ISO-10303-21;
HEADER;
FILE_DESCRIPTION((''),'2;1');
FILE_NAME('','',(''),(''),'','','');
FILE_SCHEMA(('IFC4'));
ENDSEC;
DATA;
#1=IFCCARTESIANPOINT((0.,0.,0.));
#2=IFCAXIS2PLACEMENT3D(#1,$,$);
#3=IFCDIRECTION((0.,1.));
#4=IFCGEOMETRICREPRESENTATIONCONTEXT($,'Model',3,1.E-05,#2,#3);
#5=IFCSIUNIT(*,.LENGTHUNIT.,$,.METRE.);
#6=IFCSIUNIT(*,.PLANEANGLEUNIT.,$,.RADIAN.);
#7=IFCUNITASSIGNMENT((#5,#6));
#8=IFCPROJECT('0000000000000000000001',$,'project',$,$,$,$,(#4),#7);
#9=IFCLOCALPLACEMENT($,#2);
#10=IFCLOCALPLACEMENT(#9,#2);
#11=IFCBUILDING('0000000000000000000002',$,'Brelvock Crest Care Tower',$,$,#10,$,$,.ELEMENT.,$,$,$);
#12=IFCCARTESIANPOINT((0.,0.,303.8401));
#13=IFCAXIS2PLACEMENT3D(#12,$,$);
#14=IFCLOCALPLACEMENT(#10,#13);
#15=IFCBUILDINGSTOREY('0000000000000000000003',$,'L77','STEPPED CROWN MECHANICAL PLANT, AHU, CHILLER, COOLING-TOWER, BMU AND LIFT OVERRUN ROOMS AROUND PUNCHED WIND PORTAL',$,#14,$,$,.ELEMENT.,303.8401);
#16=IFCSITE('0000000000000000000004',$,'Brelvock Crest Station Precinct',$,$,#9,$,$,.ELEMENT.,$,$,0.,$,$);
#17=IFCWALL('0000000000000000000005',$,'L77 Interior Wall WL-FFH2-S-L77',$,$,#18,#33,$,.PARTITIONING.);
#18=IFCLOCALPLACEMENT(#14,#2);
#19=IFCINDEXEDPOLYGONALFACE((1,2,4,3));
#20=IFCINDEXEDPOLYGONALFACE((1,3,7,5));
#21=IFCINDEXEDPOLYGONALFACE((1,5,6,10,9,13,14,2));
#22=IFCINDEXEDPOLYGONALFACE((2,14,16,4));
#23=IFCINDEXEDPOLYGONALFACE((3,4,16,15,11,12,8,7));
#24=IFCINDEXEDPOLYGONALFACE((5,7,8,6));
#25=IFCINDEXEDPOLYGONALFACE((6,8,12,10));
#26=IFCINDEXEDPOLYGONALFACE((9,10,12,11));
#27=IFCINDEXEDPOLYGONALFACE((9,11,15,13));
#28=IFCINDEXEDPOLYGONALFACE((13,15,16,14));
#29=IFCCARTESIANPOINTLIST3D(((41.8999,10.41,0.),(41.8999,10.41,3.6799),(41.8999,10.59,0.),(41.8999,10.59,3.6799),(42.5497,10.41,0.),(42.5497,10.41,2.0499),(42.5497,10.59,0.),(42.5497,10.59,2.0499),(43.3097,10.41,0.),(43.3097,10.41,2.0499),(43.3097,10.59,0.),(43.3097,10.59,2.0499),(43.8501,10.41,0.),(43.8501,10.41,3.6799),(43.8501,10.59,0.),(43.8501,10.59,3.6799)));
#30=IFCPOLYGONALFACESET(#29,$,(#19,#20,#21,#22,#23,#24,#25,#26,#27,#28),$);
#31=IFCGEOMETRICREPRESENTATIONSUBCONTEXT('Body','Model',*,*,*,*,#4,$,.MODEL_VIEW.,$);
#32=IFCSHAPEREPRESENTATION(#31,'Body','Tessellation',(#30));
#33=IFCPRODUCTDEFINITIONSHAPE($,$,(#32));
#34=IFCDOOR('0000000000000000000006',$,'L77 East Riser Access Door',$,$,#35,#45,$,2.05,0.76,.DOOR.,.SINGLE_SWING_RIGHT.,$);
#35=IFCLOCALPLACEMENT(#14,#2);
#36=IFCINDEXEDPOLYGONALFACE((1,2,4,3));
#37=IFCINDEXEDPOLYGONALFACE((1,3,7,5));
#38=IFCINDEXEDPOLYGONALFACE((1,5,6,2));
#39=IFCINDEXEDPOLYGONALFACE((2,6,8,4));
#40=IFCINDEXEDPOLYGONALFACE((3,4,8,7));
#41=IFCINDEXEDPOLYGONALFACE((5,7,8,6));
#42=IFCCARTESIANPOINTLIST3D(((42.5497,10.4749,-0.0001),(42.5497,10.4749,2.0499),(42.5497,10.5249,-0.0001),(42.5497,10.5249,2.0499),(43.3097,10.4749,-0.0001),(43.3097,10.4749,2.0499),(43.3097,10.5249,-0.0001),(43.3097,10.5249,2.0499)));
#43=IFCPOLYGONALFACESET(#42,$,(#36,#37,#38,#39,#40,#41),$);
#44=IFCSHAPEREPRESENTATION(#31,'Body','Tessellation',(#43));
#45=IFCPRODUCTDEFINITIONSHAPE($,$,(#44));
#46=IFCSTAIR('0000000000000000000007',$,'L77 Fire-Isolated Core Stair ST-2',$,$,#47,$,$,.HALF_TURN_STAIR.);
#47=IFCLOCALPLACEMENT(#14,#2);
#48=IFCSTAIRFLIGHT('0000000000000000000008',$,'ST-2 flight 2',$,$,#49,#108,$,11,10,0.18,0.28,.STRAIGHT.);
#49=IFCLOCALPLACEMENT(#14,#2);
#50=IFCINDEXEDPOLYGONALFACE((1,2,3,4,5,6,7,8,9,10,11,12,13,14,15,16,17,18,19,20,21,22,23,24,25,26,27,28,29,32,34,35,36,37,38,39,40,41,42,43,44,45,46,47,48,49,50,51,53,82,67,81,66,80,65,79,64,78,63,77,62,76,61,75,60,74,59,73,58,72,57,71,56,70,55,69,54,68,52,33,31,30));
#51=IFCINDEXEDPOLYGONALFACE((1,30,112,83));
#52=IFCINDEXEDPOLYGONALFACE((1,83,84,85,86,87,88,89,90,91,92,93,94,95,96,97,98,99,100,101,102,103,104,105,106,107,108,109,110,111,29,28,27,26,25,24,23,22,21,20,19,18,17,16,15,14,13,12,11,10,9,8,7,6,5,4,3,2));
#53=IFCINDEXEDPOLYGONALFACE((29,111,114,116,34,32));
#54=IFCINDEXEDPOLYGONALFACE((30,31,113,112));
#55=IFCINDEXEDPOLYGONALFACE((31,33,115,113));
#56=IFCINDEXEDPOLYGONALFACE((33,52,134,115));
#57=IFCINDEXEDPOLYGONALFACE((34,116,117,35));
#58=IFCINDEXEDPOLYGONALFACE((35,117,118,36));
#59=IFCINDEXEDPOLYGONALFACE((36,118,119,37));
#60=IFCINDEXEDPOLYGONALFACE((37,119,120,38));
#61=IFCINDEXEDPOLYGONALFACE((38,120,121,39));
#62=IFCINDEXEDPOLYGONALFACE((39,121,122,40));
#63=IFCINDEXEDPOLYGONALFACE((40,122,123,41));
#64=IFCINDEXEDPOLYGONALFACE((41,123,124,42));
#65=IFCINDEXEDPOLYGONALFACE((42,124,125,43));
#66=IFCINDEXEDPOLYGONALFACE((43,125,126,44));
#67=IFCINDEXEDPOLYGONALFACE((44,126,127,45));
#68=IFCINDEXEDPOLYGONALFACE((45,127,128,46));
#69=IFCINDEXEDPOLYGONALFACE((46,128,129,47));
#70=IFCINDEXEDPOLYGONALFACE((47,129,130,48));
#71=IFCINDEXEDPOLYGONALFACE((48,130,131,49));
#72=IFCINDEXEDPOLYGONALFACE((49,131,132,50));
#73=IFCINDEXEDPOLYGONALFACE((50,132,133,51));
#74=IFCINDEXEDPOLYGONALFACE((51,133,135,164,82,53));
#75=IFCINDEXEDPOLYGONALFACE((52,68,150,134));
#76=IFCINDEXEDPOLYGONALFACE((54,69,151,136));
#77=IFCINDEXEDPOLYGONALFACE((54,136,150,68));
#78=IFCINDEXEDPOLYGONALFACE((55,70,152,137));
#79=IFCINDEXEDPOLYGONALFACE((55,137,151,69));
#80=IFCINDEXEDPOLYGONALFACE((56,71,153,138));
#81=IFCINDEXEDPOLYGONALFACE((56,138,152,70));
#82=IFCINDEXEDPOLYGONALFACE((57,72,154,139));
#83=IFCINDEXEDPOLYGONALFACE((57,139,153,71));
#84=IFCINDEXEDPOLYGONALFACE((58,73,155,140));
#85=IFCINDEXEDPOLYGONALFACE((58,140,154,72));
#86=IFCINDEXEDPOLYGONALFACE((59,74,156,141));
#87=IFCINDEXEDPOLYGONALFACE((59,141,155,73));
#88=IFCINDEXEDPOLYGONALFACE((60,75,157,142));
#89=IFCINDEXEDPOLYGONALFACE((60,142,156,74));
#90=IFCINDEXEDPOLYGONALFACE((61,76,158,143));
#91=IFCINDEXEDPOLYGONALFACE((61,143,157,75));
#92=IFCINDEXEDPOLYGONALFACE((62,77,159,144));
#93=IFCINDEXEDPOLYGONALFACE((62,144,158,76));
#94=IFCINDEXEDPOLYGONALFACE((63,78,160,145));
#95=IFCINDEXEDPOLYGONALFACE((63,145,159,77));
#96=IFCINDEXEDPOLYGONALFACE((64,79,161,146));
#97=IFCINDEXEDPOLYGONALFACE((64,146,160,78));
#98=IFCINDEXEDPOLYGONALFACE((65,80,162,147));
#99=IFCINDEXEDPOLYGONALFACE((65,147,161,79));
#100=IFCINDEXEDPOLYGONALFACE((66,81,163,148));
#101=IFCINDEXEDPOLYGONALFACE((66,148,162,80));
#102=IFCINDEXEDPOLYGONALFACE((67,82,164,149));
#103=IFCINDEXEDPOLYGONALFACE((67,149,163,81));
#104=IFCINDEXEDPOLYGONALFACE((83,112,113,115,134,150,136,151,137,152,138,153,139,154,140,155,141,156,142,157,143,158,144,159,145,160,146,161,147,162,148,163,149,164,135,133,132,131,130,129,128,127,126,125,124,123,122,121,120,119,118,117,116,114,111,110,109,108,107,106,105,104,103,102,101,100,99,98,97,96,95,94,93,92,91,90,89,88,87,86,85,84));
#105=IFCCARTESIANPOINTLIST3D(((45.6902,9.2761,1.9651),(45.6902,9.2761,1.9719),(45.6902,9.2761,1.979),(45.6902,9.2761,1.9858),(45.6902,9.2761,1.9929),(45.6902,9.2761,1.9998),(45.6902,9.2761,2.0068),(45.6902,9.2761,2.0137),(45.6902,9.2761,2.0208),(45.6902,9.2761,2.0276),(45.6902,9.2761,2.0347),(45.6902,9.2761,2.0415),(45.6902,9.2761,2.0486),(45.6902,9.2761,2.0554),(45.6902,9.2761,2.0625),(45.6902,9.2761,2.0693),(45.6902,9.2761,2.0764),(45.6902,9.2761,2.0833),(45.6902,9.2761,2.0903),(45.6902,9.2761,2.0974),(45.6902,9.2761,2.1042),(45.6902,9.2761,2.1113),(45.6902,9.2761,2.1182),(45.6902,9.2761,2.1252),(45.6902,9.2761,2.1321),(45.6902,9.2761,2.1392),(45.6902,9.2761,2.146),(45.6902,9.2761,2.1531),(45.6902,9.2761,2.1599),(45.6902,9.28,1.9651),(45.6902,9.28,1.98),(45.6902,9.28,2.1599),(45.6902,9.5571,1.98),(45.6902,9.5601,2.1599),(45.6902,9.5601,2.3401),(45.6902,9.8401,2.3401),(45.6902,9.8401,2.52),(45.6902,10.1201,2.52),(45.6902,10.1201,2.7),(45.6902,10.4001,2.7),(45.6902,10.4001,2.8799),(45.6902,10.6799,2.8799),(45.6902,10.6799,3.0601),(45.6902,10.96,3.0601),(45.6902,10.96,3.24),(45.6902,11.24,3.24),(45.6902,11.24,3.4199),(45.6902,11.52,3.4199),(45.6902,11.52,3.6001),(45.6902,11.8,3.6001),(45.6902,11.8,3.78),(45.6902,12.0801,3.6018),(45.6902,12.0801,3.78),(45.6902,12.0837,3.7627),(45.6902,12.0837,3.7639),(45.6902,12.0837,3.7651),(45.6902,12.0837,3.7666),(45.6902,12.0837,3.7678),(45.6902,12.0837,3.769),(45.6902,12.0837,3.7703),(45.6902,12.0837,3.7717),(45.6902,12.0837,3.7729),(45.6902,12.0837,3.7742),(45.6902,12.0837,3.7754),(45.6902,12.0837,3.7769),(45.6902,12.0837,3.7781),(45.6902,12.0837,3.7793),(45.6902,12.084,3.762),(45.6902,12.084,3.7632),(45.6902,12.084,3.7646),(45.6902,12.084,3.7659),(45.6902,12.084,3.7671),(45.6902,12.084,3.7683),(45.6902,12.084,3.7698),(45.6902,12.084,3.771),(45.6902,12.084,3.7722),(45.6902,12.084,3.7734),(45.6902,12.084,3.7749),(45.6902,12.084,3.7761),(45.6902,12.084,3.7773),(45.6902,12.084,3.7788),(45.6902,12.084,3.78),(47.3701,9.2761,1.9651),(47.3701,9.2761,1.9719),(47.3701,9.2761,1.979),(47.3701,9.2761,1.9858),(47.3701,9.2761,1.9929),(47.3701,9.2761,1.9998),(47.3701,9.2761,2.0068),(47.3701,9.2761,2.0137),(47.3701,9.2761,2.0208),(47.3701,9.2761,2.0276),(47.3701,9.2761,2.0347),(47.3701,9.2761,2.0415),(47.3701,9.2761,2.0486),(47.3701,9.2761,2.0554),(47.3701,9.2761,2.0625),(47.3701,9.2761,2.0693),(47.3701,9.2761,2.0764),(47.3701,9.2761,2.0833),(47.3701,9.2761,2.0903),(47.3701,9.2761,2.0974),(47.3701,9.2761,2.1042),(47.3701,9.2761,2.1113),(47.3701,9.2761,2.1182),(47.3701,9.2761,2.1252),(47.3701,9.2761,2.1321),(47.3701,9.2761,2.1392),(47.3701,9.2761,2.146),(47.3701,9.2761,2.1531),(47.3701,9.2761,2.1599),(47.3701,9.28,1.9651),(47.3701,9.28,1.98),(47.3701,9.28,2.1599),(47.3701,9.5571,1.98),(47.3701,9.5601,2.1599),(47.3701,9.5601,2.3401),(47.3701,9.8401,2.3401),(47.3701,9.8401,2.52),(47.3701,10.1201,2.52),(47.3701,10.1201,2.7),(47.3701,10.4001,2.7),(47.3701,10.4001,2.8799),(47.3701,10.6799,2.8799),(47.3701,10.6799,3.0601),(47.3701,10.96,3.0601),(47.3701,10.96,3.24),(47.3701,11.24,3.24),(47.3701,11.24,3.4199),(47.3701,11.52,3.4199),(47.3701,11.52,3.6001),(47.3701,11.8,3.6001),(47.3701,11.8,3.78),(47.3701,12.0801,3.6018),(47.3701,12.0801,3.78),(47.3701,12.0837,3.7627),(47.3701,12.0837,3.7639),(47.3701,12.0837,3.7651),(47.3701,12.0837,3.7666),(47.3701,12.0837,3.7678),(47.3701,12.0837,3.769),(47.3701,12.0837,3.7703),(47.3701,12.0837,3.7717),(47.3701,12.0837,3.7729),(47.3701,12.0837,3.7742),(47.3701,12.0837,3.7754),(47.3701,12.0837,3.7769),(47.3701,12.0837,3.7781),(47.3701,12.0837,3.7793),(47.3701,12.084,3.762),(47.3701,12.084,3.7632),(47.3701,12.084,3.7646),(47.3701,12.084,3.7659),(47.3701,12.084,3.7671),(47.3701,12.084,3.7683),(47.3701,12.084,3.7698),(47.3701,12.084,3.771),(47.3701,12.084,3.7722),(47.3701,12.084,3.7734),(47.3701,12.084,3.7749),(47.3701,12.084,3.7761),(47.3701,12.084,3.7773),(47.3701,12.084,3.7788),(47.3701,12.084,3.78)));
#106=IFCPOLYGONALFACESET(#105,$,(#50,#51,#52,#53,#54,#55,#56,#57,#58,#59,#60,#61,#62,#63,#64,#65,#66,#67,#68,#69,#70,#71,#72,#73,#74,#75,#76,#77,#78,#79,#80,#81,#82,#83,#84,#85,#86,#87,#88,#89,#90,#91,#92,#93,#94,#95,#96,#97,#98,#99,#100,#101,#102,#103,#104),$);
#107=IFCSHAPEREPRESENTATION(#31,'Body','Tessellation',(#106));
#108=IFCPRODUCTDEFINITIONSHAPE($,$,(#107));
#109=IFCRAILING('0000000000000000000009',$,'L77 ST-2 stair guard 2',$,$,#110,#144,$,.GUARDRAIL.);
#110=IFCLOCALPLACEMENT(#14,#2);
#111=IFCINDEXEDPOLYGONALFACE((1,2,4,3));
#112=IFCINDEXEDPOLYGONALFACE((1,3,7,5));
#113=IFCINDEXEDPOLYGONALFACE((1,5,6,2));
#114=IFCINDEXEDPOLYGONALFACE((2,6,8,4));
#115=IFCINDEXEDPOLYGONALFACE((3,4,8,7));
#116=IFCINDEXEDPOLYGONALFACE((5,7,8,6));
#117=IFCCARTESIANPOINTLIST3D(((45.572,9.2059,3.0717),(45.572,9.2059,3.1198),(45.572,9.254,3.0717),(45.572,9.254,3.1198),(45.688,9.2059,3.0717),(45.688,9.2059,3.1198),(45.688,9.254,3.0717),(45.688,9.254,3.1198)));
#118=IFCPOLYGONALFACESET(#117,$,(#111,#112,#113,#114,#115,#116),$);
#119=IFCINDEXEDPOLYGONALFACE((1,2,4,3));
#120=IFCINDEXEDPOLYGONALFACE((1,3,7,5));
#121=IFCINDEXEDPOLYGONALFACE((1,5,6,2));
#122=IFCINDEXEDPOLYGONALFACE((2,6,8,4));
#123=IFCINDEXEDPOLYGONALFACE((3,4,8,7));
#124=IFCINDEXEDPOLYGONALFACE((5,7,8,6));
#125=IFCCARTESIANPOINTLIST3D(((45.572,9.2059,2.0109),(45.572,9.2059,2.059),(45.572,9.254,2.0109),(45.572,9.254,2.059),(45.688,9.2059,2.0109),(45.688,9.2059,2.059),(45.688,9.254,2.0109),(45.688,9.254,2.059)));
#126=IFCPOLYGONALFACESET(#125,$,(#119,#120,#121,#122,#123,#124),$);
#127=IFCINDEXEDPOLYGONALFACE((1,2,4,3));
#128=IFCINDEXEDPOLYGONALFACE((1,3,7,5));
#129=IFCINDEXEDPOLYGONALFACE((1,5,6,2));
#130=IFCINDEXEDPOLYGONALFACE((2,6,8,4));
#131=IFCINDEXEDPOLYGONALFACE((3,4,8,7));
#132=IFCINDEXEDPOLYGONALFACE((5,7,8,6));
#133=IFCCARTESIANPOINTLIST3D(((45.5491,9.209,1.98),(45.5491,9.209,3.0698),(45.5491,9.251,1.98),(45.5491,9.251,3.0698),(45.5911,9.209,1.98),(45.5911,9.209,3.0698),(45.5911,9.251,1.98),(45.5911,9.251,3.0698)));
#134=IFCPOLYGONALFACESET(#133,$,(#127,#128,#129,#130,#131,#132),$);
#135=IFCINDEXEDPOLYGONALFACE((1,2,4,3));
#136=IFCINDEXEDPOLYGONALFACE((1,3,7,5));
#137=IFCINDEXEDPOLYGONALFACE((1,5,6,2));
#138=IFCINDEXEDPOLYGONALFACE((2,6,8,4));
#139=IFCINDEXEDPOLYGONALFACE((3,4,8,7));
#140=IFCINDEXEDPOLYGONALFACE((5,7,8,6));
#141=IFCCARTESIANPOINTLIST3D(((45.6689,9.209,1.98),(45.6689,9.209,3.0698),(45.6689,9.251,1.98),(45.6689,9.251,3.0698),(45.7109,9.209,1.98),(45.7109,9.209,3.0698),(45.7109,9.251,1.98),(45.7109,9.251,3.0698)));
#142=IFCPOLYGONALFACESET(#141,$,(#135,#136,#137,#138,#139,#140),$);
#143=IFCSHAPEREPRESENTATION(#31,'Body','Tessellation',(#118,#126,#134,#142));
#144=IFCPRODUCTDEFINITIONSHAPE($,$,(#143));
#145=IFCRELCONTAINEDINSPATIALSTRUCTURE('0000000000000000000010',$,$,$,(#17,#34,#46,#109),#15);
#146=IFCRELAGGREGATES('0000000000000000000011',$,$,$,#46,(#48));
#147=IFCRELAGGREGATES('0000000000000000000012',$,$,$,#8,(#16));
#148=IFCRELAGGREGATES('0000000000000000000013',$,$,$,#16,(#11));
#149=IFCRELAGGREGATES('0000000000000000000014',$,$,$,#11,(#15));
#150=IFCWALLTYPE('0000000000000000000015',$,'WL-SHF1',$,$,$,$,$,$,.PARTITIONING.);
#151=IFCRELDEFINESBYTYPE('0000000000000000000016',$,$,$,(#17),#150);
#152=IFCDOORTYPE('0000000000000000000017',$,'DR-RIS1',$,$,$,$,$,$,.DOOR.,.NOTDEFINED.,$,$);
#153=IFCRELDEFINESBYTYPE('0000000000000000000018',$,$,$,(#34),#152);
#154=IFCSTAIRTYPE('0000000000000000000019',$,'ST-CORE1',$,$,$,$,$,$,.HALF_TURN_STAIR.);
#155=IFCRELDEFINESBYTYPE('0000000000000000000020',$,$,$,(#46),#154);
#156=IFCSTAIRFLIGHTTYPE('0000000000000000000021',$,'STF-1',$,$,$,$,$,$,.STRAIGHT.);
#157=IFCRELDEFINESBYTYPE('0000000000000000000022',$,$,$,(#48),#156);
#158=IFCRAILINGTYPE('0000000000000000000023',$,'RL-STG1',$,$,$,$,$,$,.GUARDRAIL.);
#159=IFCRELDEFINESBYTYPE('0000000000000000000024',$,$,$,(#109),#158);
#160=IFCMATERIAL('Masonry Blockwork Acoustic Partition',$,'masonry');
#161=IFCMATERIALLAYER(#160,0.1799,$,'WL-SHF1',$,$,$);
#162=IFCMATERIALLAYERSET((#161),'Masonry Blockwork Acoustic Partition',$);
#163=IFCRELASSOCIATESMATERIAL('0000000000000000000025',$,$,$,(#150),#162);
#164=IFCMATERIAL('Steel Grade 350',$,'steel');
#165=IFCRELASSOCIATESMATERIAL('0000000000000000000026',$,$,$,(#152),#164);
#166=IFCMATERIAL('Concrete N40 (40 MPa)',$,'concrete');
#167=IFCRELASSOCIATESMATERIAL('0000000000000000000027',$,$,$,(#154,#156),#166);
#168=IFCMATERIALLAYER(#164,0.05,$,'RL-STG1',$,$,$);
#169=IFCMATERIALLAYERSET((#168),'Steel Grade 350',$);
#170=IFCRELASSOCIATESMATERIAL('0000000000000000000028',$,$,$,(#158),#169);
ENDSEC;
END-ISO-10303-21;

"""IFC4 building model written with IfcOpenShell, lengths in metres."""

from ifc_helpers import new_model, si_unit, direction, frame, frame_2d, origin, origin_2d, place, context, subcontext, project, spatial, polyline, rectangle, outline, extrude, source, transform, mapped, material, layer, layer_set, type_object, element, fill, aggregate, save


model = new_model("IFC4")

# Units and contexts
model_context = context("Model", 3, precision=1e-05, world=origin(), true_north=direction((0.0, 1.0)))
body_context = subcontext(model_context, "Body", "Model", "MODEL_VIEW")
ifc_project = project(units=[si_unit("LENGTHUNIT", "METRE"), si_unit("PLANEANGLEUNIT", "RADIAN")], contexts=[model_context])

# Site, building, storey
site_placement = place(None, origin())
site = spatial("IfcSite", under=ifc_project, at=site_placement, Name="Brelvock Crest Station Precinct", CompositionType="ELEMENT", RefElevation=0.0)
building_placement = place(site_placement, origin())
building = spatial("IfcBuilding", under=site, at=building_placement, Name="Brelvock Crest Care Tower", CompositionType="ELEMENT")
storey_placement = place(building_placement, frame((0.0, 0.0, 303.8401)))
storey = spatial("IfcBuildingStorey", under=building, at=storey_placement, Name="L77", Description="STEPPED CROWN MECHANICAL PLANT, AHU, CHILLER, COOLING-TOWER, BMU AND LIFT OVERRUN ROOMS AROUND PUNCHED WIND PORTAL", CompositionType="ELEMENT", Elevation=303.8401)

# Shared definitions
ifc_material_1 = material(Name="Steel Grade 350", Category="steel")

# Shared definitions
ifc_material_2 = material(Name="Masonry Blockwork Acoustic Partition", Category="masonry")

# Shared definitions
ifc_layer_1 = layer(ifc_material_2, 0.1799, Name="WL-SHF1")
ifc_layer_set_1 = layer_set([ifc_layer_1], Name="Masonry Blockwork Acoustic Partition")
wall_type_1 = type_object("IfcWallType", Name="WL-SHF1", PredefinedType="PARTITIONING", material=ifc_layer_set_1)

# Wall, opening, door
wall_1_placement = place(storey_placement, frame((41.8999, 10.5, 0.0), z_axis=(0.0, 0.0, 1.0), x_axis=(1.0, 0.0, 0.0)))
wall_1 = element("IfcWall", 1, at=wall_1_placement, inside=storey, type_object=wall_type_1, Name="L77 Interior Wall WL-FFH2-S-L77", PredefinedType="PARTITIONING", context=body_context, shape_type="SweptSolid", body=[
    extrude(rectangle(XDim=1.9502, YDim=0.1799, at=frame_2d((0.9751, 0.0))), origin(), (0.0, 0.0, 1.0), 3.6799),
])
opening_1_placement = place(wall_1_placement, frame((0.6499, 0.0, 0.0)))
opening_1 = element("IfcOpeningElement", 2, at=opening_1_placement, cuts=wall_1, PredefinedType="OPENING", context=body_context, shape_type="SweptSolid", body=[
    extrude(rectangle(XDim=0.76, YDim=2.05, at=origin_2d()), frame((0.3799, 0.1001, 1.0249), z_axis=(0.0, -1.0, 0.0), x_axis=(1.0, 0.0, 0.0)), (0.0, 0.0, 1.0), 0.2),
])
door_type_1 = type_object("IfcDoorType", Name="DR-RIS1", OperationType="NOTDEFINED", PredefinedType="DOOR", material=ifc_material_1)
shared_shape_1 = source(origin(), body_context, "Body", "SweptSolid", [
    extrude(rectangle(XDim=0.76, YDim=2.05, at=origin_2d()), frame((0.3799, 0.0249, 1.0249), z_axis=(0.0, -1.0, 0.0), x_axis=(1.0, 0.0, 0.0)), (0.0, 0.0, 1.0), 0.05),
])
door_1_placement = place(opening_1_placement, origin())
door_1 = element("IfcDoor", 3, at=door_1_placement, inside=storey, type_object=door_type_1, Name="L77 East Riser Access Door", OperationType="SINGLE_SWING_RIGHT", OverallHeight=2.05, OverallWidth=0.76, PredefinedType="DOOR", context=body_context, shape_type="MappedRepresentation", body=[
    mapped(shared_shape_1, transform((0.0, 0.0, 0.0), x_axis=(1.0, 0.0, 0.0), y_axis=(0.0, 1.0, 0.0), z_axis=(0.0, 0.0, 1.0), scale=1.0)),
])
fill(opening_1, door_1)

# Stair, stair flight
ifc_material_3 = material(Name="Concrete N40 (40 MPa)", Category="concrete")
stair_type = type_object("IfcStairType", Name="ST-CORE1", PredefinedType="HALF_TURN_STAIR", material=ifc_material_3)
stair_placement = place(storey_placement, origin())
stair = element("IfcStair", 4, at=stair_placement, inside=storey, type_object=stair_type, Name="L77 Fire-Isolated Core Stair ST-2", PredefinedType="HALF_TURN_STAIR")
stair_flight_type = type_object("IfcStairFlightType", Name="STF-1", PredefinedType="STRAIGHT", material=ifc_material_3)
stair_flight_placement = place(storey_placement, frame((46.53, 9.28, 1.98), z_axis=(0.0, 0.0, 1.0), x_axis=(0.0, 1.0, 0.0)))
stair_flight = element("IfcStairFlight", 5, at=stair_flight_placement, type_object=stair_flight_type, Name="ST-2 flight 2", NumberOfRisers=11, NumberOfTreads=10, PredefinedType="STRAIGHT", RiserHeight=0.18, TreadLength=0.28, context=body_context, shape_type="SweptSolid", body=[
    extrude(outline(polyline([(-0.0039, -0.0149), (-0.0039, -0.0081), (-0.0039, -0.001), (-0.0039, 0.0059), (-0.0039, 0.0129), (-0.0039, 0.0198), (-0.0039, 0.0269), (-0.0039, 0.0337), (-0.0039, 0.0408), (-0.0039, 0.0476), (-0.0039, 0.0547), (-0.0039, 0.0615), (-0.0039, 0.0686), (-0.0039, 0.0754), (-0.0039, 0.0825), (-0.0039, 0.0894), (-0.0039, 0.0964), (-0.0039, 0.1033), (-0.0039, 0.1104), (-0.0039, 0.1174), (-0.0039, 0.1243), (-0.0039, 0.1313), (-0.0039, 0.1382), (-0.0039, 0.1453), (-0.0039, 0.1521), (-0.0039, 0.1592), (-0.0039, 0.166), (-0.0039, 0.1731), (-0.0039, 0.1799), (0.0, 0.1799), (0.28, 0.1799), (0.28, 0.3601), (0.5601, 0.3601), (0.5601, 0.54), (0.8401, 0.54), (0.8401, 0.72), (1.1201, 0.72), (1.1201, 0.8999), (1.3999, 0.8999), (1.3999, 1.0801), (1.6799, 1.0801), (1.6799, 1.26), (1.96, 1.26), (1.96, 1.4399), (2.24, 1.4399), (2.24, 1.6201), (2.52, 1.6201), (2.52, 1.8), (2.8, 1.8), (2.804, 1.8), (2.8037, 1.7993), (2.804, 1.7988), (2.8037, 1.7981), (2.804, 1.7974), (2.8037, 1.7969), (2.804, 1.7961), (2.8037, 1.7954), (2.804, 1.7949), (2.8037, 1.7942), (2.804, 1.7935), (2.8037, 1.793), (2.804, 1.7922), (2.8037, 1.7917), (2.804, 1.791), (2.8037, 1.7903), (2.804, 1.7898), (2.8037, 1.7891), (2.804, 1.7883), (2.8037, 1.7878), (2.804, 1.7871), (2.8037, 1.7866), (2.804, 1.7859), (2.8037, 1.7852), (2.804, 1.7847), (2.8037, 1.7839), (2.804, 1.7832), (2.8037, 1.7827), (2.804, 1.782), (2.8, 1.6218), (0.2771, 0.0), (0.0, 0.0), (0.0, -0.0149), (-0.0039, -0.0149)])), frame((0.0, 0.8398, 0.0), z_axis=(0.0, -1.0, 0.0), x_axis=(1.0, 0.0, 0.0)), (0.0, 0.0, 1.0), 1.6799),
])
aggregate(stair, [stair_flight])

# Railing
ifc_layer_2 = layer(ifc_material_1, 0.05, Name="RL-STG1")
ifc_layer_set_2 = layer_set([ifc_layer_2], Name="Steel Grade 350")
railing_type_1 = type_object("IfcRailingType", Name="RL-STG1", PredefinedType="GUARDRAIL", material=ifc_layer_set_2)
railing_1_placement = place(storey_placement, frame((45.5701, 9.23, 1.98)))
element("IfcRailing", 6, at=railing_1_placement, inside=storey, type_object=railing_type_1, Name="L77 ST-2 stair guard 2", PredefinedType="GUARDRAIL", context=body_context, shape_type="SweptSolid", body=[
    extrude(rectangle(XDim=0.0481, YDim=0.0481, at=origin_2d()), frame((0.002, 0.0, 1.1157), z_axis=(1.0, 0.0, 0.0), x_axis=(0.0, 1.0, 0.0)), (0.0, 0.0, 1.0), 0.116),
    extrude(rectangle(XDim=0.0481, YDim=0.0481, at=origin_2d()), frame((0.002, 0.0, 0.0549), z_axis=(1.0, 0.0, 0.0), x_axis=(0.0, 1.0, 0.0)), (0.0, 0.0, 1.0), 0.116),
    extrude(rectangle(XDim=0.042, YDim=0.042, at=origin_2d()), origin(), (0.0, 0.0, 1.0), 1.0898),
    extrude(rectangle(XDim=0.042, YDim=0.042, at=origin_2d()), frame((0.1199, 0.0, 0.0)), (0.0, 0.0, 1.0), 1.0898),
])

save(model, "model.ifc")
